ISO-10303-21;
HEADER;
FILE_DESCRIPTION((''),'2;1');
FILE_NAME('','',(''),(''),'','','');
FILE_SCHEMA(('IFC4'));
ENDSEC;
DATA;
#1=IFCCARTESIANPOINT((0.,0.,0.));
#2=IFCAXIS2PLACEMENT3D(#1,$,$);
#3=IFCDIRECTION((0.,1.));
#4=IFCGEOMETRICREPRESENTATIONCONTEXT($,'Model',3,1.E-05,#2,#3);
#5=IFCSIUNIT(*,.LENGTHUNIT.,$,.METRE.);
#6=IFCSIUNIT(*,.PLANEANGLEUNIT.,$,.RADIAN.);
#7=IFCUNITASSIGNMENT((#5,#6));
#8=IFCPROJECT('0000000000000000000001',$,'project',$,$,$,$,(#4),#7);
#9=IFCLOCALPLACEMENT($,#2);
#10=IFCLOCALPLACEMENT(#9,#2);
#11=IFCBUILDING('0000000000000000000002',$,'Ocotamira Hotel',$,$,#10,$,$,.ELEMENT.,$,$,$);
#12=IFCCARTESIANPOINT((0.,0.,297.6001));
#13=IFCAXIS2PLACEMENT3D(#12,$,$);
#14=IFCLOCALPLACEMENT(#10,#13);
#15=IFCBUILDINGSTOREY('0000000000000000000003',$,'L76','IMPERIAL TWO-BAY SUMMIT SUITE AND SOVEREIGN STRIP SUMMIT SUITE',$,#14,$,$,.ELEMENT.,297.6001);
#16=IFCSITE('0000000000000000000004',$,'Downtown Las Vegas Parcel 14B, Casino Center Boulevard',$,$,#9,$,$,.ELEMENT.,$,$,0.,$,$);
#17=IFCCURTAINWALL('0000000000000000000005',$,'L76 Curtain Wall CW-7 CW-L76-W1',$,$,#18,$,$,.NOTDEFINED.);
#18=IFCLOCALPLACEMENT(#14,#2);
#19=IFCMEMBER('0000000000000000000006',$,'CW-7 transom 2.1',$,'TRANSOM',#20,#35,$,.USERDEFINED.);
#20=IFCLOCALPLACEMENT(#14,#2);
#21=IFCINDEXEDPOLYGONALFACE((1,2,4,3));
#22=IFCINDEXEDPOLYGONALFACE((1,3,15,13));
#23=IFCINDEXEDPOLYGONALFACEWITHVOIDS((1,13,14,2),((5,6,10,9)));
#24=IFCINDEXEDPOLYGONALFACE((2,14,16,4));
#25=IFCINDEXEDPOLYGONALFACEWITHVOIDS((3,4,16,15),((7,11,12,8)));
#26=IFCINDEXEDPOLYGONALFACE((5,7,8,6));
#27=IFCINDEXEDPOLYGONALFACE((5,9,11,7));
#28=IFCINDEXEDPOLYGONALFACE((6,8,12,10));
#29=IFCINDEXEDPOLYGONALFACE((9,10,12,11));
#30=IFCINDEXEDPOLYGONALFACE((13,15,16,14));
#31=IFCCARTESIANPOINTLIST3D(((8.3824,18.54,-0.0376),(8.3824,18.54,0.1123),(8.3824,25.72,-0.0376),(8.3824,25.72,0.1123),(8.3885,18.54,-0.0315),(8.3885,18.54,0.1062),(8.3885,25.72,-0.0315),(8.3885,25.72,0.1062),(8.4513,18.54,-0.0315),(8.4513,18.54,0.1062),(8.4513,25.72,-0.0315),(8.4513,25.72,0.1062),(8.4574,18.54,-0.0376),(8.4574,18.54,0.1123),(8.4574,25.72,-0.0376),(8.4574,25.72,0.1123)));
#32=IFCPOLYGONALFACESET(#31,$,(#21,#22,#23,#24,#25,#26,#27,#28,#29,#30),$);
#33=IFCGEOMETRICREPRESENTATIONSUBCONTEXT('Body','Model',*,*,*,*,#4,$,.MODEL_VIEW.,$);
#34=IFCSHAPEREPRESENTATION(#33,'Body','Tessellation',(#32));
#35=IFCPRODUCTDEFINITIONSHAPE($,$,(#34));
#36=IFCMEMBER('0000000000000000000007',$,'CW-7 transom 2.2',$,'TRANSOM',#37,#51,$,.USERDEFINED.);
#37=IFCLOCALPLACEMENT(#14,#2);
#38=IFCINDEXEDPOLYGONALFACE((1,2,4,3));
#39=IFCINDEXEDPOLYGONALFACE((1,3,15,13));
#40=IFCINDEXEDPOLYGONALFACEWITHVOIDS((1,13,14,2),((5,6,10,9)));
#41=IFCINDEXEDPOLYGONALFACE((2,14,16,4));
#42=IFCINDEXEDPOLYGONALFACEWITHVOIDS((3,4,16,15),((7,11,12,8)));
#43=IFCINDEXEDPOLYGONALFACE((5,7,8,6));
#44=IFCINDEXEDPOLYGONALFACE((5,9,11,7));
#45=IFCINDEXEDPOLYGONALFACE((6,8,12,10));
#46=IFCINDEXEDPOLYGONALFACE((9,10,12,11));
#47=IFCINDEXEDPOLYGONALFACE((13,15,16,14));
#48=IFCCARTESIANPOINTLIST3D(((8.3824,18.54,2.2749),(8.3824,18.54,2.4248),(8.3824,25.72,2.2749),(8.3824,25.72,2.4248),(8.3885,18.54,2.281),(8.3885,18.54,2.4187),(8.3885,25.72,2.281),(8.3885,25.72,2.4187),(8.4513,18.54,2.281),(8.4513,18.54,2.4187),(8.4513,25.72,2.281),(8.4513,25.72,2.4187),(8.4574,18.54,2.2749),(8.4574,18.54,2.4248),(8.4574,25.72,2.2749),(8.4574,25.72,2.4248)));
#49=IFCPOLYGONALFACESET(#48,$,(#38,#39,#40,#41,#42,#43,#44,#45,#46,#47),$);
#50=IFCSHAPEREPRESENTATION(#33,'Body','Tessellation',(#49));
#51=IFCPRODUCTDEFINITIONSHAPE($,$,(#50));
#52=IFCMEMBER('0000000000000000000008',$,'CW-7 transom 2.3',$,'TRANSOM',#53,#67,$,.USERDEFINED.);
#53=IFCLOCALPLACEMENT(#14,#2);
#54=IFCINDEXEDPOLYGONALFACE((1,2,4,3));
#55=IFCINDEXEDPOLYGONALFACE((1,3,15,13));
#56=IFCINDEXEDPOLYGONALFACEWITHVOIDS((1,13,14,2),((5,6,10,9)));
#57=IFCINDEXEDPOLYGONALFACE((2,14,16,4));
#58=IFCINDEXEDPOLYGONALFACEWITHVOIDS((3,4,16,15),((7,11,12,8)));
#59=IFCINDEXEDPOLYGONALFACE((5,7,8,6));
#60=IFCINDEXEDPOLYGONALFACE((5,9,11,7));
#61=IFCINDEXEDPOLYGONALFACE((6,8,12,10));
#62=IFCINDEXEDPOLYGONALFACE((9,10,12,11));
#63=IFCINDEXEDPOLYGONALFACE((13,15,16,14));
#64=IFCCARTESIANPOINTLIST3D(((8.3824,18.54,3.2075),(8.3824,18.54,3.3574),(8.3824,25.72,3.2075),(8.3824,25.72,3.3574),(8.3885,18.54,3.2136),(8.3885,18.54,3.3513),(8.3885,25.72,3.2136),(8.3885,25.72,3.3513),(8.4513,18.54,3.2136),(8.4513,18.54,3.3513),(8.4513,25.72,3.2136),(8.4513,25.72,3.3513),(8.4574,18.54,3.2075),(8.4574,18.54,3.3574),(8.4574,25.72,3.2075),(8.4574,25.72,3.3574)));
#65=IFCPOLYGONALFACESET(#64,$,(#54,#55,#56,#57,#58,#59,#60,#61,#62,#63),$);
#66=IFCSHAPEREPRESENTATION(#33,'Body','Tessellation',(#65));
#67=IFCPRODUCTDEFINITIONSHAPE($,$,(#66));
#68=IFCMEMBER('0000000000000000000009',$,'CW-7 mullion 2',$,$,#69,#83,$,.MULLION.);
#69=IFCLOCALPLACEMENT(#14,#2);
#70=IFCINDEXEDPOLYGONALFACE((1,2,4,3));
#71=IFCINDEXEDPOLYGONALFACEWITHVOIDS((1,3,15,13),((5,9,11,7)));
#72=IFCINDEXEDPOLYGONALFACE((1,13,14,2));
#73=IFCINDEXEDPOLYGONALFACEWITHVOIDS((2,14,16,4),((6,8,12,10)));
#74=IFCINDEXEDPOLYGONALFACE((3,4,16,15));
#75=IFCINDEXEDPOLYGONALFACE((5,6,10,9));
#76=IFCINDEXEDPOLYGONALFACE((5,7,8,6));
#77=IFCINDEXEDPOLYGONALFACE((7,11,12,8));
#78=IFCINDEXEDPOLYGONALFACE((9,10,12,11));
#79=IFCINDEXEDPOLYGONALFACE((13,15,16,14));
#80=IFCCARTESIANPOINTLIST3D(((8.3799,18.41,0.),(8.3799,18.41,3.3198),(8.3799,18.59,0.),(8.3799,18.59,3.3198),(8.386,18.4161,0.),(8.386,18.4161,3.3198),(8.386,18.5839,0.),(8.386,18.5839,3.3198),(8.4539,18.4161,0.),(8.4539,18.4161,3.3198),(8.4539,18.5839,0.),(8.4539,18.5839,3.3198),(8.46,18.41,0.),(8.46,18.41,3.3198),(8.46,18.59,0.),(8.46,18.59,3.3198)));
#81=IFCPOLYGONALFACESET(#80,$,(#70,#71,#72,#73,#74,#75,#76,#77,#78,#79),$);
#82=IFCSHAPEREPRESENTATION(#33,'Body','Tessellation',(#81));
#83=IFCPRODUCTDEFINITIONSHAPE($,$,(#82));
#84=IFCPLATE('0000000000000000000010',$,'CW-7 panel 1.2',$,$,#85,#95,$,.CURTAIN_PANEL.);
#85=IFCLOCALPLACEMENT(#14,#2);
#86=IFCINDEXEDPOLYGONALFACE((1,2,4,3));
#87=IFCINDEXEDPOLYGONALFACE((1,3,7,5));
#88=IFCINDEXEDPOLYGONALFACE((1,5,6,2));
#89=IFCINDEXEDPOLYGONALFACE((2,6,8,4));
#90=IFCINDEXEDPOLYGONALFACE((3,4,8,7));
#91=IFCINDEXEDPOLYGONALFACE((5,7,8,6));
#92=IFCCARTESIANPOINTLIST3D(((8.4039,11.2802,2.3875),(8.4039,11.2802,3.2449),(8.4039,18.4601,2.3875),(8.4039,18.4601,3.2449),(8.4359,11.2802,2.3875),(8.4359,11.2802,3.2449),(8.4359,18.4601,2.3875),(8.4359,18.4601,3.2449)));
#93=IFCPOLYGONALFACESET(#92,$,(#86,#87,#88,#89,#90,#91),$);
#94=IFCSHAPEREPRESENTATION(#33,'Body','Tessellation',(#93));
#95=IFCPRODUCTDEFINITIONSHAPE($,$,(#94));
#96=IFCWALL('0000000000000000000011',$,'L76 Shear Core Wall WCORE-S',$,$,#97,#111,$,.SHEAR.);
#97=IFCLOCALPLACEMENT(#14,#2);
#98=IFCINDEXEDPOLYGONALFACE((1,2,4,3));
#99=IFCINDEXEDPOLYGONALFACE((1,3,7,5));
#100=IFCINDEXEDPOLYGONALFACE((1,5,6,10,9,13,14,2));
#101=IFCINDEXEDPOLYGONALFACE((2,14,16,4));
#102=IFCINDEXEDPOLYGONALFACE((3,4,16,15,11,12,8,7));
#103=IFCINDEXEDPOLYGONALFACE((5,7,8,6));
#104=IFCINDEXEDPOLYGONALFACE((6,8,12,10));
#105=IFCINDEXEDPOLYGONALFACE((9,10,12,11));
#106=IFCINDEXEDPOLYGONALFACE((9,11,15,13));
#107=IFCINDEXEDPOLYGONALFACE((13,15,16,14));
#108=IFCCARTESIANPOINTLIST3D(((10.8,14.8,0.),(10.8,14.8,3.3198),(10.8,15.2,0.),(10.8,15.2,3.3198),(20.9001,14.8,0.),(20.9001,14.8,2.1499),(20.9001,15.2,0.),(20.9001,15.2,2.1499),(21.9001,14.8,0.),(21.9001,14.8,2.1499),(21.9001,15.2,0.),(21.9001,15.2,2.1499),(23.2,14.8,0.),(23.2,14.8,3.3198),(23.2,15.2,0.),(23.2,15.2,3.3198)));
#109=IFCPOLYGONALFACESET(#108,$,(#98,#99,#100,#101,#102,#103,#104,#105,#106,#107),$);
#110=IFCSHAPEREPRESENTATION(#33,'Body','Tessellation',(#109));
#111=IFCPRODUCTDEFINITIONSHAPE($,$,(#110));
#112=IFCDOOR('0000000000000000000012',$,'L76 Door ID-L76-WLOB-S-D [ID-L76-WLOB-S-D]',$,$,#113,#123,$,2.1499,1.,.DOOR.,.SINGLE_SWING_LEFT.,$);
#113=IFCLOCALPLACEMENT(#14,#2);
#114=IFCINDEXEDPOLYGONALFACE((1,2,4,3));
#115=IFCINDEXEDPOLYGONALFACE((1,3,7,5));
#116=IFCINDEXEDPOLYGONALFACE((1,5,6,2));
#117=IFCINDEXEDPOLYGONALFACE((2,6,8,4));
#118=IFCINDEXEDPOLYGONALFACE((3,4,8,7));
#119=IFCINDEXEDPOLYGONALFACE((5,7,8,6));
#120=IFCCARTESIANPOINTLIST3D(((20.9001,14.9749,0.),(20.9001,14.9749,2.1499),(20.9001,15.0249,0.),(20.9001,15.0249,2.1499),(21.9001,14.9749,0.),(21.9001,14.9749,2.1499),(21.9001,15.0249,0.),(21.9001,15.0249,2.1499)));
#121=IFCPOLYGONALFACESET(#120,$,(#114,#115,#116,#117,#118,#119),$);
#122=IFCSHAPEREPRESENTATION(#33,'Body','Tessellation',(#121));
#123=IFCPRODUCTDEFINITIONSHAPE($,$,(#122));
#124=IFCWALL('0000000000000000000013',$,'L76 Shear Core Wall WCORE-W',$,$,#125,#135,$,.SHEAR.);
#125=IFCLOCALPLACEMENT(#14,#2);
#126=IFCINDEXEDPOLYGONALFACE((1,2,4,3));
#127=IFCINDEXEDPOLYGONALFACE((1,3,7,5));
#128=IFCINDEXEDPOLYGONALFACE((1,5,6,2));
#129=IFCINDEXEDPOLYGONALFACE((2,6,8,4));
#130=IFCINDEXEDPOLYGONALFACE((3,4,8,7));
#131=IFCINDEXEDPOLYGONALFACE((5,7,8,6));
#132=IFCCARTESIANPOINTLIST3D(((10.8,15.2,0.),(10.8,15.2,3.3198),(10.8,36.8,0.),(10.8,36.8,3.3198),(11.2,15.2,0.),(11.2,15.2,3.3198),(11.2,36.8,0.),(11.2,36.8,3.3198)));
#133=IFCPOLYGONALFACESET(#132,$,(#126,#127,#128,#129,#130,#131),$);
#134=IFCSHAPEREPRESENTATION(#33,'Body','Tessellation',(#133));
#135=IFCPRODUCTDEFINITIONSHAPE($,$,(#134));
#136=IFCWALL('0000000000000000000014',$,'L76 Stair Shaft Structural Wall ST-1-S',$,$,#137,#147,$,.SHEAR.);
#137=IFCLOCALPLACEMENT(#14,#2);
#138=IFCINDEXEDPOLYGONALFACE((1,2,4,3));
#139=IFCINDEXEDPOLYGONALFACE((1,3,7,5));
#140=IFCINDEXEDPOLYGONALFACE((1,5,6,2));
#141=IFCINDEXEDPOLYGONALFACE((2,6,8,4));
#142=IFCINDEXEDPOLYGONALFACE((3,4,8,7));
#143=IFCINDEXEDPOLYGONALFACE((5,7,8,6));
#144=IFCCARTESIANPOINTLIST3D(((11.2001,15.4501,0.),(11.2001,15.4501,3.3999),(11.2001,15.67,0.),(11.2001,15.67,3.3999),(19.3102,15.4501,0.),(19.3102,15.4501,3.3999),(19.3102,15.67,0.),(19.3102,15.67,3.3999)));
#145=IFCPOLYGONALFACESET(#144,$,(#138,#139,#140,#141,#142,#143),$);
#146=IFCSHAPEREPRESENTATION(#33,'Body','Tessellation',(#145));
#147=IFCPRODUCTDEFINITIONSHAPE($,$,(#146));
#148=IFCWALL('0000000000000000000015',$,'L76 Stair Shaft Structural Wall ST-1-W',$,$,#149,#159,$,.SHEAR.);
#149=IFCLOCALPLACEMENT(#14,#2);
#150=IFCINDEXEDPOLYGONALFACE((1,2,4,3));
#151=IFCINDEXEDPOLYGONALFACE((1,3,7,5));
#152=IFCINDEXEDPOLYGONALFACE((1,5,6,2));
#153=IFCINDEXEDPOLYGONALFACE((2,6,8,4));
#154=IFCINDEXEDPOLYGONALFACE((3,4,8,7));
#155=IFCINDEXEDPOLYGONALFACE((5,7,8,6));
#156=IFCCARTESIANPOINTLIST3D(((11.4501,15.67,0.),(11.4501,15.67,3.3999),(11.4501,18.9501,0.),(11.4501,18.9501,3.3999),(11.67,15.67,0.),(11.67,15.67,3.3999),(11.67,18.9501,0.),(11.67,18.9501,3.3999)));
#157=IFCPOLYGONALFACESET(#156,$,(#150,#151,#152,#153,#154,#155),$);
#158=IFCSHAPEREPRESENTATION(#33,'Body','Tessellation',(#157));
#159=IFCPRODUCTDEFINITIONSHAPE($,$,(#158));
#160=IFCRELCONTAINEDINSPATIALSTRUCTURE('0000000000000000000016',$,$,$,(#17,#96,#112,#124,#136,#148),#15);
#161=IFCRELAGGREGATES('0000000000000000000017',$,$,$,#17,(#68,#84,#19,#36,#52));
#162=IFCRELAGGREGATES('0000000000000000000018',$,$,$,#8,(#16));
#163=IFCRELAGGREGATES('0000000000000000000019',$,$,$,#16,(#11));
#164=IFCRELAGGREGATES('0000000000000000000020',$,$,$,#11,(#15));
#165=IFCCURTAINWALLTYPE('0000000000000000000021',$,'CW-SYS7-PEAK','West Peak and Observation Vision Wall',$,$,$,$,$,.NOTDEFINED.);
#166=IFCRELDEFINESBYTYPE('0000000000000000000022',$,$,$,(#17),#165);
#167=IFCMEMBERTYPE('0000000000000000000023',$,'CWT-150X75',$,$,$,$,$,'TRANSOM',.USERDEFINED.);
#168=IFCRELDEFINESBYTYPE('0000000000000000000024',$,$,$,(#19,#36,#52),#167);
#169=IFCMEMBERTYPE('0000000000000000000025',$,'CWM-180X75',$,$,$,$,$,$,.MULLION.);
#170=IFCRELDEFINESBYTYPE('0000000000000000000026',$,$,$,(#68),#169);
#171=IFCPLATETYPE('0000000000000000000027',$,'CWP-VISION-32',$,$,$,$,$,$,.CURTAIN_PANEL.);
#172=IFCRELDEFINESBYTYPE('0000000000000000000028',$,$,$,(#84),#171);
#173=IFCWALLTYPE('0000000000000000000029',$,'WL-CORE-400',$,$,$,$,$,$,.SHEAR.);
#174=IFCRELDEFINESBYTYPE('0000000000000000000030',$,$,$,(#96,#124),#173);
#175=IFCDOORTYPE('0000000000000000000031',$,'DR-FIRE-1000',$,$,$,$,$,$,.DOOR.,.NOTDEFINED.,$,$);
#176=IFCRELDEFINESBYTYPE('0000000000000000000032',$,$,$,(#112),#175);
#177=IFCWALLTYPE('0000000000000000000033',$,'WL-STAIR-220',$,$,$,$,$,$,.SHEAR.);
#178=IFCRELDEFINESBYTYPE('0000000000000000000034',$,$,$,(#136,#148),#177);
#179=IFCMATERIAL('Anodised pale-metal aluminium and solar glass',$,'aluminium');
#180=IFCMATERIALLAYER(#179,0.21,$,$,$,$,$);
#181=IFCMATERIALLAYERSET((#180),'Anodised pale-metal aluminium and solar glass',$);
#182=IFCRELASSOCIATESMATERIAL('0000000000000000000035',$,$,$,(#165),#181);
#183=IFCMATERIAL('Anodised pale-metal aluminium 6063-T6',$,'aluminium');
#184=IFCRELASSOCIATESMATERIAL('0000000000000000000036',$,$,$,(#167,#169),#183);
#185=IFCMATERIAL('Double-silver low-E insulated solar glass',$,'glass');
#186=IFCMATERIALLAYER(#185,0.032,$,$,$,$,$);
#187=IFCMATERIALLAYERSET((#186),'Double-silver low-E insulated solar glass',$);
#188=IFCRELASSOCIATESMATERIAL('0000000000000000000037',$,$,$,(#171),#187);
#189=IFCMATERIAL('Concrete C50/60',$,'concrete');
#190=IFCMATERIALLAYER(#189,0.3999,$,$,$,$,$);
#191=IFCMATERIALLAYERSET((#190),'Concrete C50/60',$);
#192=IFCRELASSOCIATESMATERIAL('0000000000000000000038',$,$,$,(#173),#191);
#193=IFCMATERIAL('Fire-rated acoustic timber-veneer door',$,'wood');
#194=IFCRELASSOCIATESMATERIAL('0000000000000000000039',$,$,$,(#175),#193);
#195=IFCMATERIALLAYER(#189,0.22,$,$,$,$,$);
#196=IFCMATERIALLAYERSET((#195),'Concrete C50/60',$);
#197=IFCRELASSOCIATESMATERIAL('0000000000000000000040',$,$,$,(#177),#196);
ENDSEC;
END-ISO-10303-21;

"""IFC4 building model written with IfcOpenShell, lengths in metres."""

from ifc_helpers import new_model, si_unit, direction, frame, frame_2d, origin, origin_2d, place, context, subcontext, project, spatial, rectangle, hollow_rectangle, extrude, source, transform, mapped, material, layer, layer_set, material_profile, profile_set, type_object, element, fill, aggregate, save


model = new_model("IFC4")

# Units and contexts
model_context = context("Model", 3, precision=1e-05, world=origin(), true_north=direction((0.0, 1.0)))
body_context = subcontext(model_context, "Body", "Model", "MODEL_VIEW")
ifc_project = project(units=[si_unit("LENGTHUNIT", "METRE"), si_unit("PLANEANGLEUNIT", "RADIAN")], contexts=[model_context])

# Site, building, storey
site_placement = place(None, origin())
site = spatial("IfcSite", under=ifc_project, at=site_placement, Name="Downtown Las Vegas Parcel 14B, Casino Center Boulevard", CompositionType="ELEMENT", RefElevation=0.0)
building_placement = place(site_placement, origin())
building = spatial("IfcBuilding", under=site, at=building_placement, Name="Ocotamira Hotel", CompositionType="ELEMENT")
storey_placement = place(building_placement, frame((0.0, 0.0, 297.6001)))
storey = spatial("IfcBuildingStorey", under=building, at=storey_placement, Name="L76", Description="IMPERIAL TWO-BAY SUMMIT SUITE AND SOVEREIGN STRIP SUMMIT SUITE", CompositionType="ELEMENT", Elevation=297.6001)

# Curtain wall, members, plate
ifc_material_1 = material(Name="Anodised pale-metal aluminium and solar glass", Category="aluminium")
ifc_layer_1 = layer(ifc_material_1, 0.21)
ifc_layer_set_1 = layer_set([ifc_layer_1], Name="Anodised pale-metal aluminium and solar glass")
curtain_wall_type = type_object("IfcCurtainWallType", Name="CW-SYS7-PEAK", Description="West Peak and Observation Vision Wall", PredefinedType="NOTDEFINED", material=ifc_layer_set_1)
curtain_wall_placement = place(storey_placement, origin())
curtain_wall = element("IfcCurtainWall", 1, at=curtain_wall_placement, inside=storey, type_object=curtain_wall_type, Name="L76 Curtain Wall CW-7 CW-L76-W1", PredefinedType="NOTDEFINED")
ifc_material_2 = material(Name="Anodised pale-metal aluminium 6063-T6", Category="aluminium")
ifc_material_profile_1 = material_profile(ifc_material_2, hollow_rectangle(XDim=0.075, YDim=0.1499, WallThickness=0.0061, at=origin_2d()), Name="HSS150X75X6")
ifc_profile_set_1 = profile_set([ifc_material_profile_1], Name="Anodised pale-metal aluminium 6063-T6")
member_type_1 = type_object("IfcMemberType", Name="CWT-150X75", ElementType="TRANSOM", PredefinedType="USERDEFINED", material=ifc_profile_set_1)
shared_shape_1 = source(origin(), body_context, "Body", "SweptSolid", [
    extrude(hollow_rectangle(XDim=0.075, YDim=0.1499, WallThickness=0.0061, at=origin_2d()), origin(), (0.0, 0.0, 1.0), 7.1799),
])
member_1_placement = place(storey_placement, frame((8.4199, 18.54, 0.0374), z_axis=(0.0, 1.0, 0.0), x_axis=(-1.0, 0.0, 0.0)))
member_1 = element("IfcMember", 2, at=member_1_placement, type_object=member_type_1, Name="CW-7 transom 2.1", ObjectType="TRANSOM", PredefinedType="USERDEFINED", context=body_context, shape_type="MappedRepresentation", body=[
    mapped(shared_shape_1, transform((0.0, 0.0, 0.0), scale=1.0)),
])
member_2_placement = place(storey_placement, frame((8.4199, 18.54, 2.3499), z_axis=(0.0, 1.0, 0.0), x_axis=(-1.0, 0.0, 0.0)))
member_2 = element("IfcMember", 3, at=member_2_placement, type_object=member_type_1, Name="CW-7 transom 2.2", ObjectType="TRANSOM", PredefinedType="USERDEFINED", context=body_context, shape_type="MappedRepresentation", body=[
    mapped(shared_shape_1, transform((0.0, 0.0, 0.0), scale=1.0)),
])
member_3_placement = place(storey_placement, frame((8.4199, 18.54, 3.2825), z_axis=(0.0, 1.0, 0.0), x_axis=(-1.0, 0.0, 0.0)))
member_3 = element("IfcMember", 4, at=member_3_placement, type_object=member_type_1, Name="CW-7 transom 2.3", ObjectType="TRANSOM", PredefinedType="USERDEFINED", context=body_context, shape_type="MappedRepresentation", body=[
    mapped(shared_shape_1, transform((0.0, 0.0, 0.0), scale=1.0)),
])
ifc_material_profile_2 = material_profile(ifc_material_2, hollow_rectangle(XDim=0.0801, YDim=0.1799, WallThickness=0.0061, at=origin_2d()), Name="HSS180X80X6")
ifc_profile_set_2 = profile_set([ifc_material_profile_2], Name="Anodised pale-metal aluminium 6063-T6")
member_type_2 = type_object("IfcMemberType", Name="CWM-180X75", PredefinedType="MULLION", material=ifc_profile_set_2)
shared_shape_2 = source(origin(), body_context, "Body", "SweptSolid", [
    extrude(hollow_rectangle(XDim=0.0801, YDim=0.1799, WallThickness=0.0061, at=origin_2d()), origin(), (0.0, 0.0, 1.0), 3.3198),
])
member_4_placement = place(storey_placement, frame((8.4199, 18.5, 0.0), z_axis=(0.0, 0.0, 1.0), x_axis=(-1.0, 0.0, 0.0)))
member_4 = element("IfcMember", 5, at=member_4_placement, type_object=member_type_2, Name="CW-7 mullion 2", PredefinedType="MULLION", context=body_context, shape_type="MappedRepresentation", body=[
    mapped(shared_shape_2, transform((0.0, 0.0, 0.0), scale=1.0)),
])
ifc_material_3 = material(Name="Double-silver low-E insulated solar glass", Category="glass")
ifc_layer_2 = layer(ifc_material_3, 0.032)
ifc_layer_set_2 = layer_set([ifc_layer_2], Name="Double-silver low-E insulated solar glass")
plate_type = type_object("IfcPlateType", Name="CWP-VISION-32", PredefinedType="CURTAIN_PANEL", material=ifc_layer_set_2)
shared_shape_3 = source(origin(), body_context, "Body", "SweptSolid", [
    extrude(rectangle(XDim=7.1799, YDim=0.032, at=origin_2d()), origin(), (0.0, 0.0, 1.0), 0.8574),
])
plate_placement = place(storey_placement, frame((8.4199, 14.8701, 2.3875), z_axis=(0.0, 0.0, 1.0), x_axis=(0.0, 1.0, 0.0)))
plate = element("IfcPlate", 6, at=plate_placement, type_object=plate_type, Name="CW-7 panel 1.2", PredefinedType="CURTAIN_PANEL", context=body_context, shape_type="MappedRepresentation", body=[
    mapped(shared_shape_3, transform((0.0, 0.0, 0.0), scale=1.0)),
])
aggregate(curtain_wall, [member_4, plate, member_1, member_2, member_3])

# Wall, opening, door
ifc_material_4 = material(Name="Concrete C50/60", Category="concrete")
ifc_layer_3 = layer(ifc_material_4, 0.3999)
ifc_layer_set_3 = layer_set([ifc_layer_3], Name="Concrete C50/60")
wall_type_1 = type_object("IfcWallType", Name="WL-CORE-400", PredefinedType="SHEAR", material=ifc_layer_set_3)
wall_1_placement = place(storey_placement, frame((10.8, 15.0, 0.0), z_axis=(0.0, 0.0, 1.0), x_axis=(1.0, 0.0, 0.0)))
wall_1 = element("IfcWall", 7, at=wall_1_placement, inside=storey, type_object=wall_type_1, Name="L76 Shear Core Wall WCORE-S", PredefinedType="SHEAR", context=body_context, shape_type="SweptSolid", body=[
    extrude(rectangle(XDim=12.3999, YDim=0.3999, at=frame_2d((6.2, 0.0))), origin(), (0.0, 0.0, 1.0), 3.3198),
])
opening_1_placement = place(wall_1_placement, frame((10.1001, 0.0, 0.0)))
opening_1 = element("IfcOpeningElement", 8, at=opening_1_placement, cuts=wall_1, PredefinedType="OPENING", context=body_context, shape_type="SweptSolid", body=[
    extrude(rectangle(XDim=1.0, YDim=2.1499, at=frame_2d((0.5, 1.075))), frame((0.0, 0.21, 0.0), z_axis=(0.0, -1.0, 0.0), x_axis=(1.0, 0.0, 0.0)), (0.0, 0.0, 1.0), 0.4199),
])
ifc_material_5 = material(Name="Fire-rated acoustic timber-veneer door", Category="wood")
door_type_1 = type_object("IfcDoorType", Name="DR-FIRE-1000", OperationType="NOTDEFINED", PredefinedType="DOOR", material=ifc_material_5)
shared_shape_4 = source(origin(), body_context, "Body", "SweptSolid", [
    extrude(rectangle(XDim=1.0, YDim=2.1499, at=frame_2d((0.5, 1.075))), frame((0.0, 0.0249, 0.0), z_axis=(0.0, -1.0, 0.0), x_axis=(1.0, 0.0, 0.0)), (0.0, 0.0, 1.0), 0.05),
])
door_1_placement = place(opening_1_placement, origin())
door_1 = element("IfcDoor", 9, at=door_1_placement, inside=storey, type_object=door_type_1, Name="L76 Door ID-L76-WLOB-S-D [ID-L76-WLOB-S-D]", OperationType="SINGLE_SWING_LEFT", OverallHeight=2.1499, OverallWidth=1.0, PredefinedType="DOOR", context=body_context, shape_type="MappedRepresentation", body=[
    mapped(shared_shape_4, transform((0.0, 0.0, 0.0), scale=1.0)),
])
fill(opening_1, door_1)

# Wall
wall_2_placement = place(storey_placement, frame((11.0, 15.2, 0.0), z_axis=(0.0, 0.0, 1.0), x_axis=(0.0, 1.0, 0.0)))
element("IfcWall", 10, at=wall_2_placement, inside=storey, type_object=wall_type_1, Name="L76 Shear Core Wall WCORE-W", PredefinedType="SHEAR", context=body_context, shape_type="SweptSolid", body=[
    extrude(rectangle(XDim=21.6001, YDim=0.3999, at=frame_2d((10.8, 0.0))), origin(), (0.0, 0.0, 1.0), 3.3198),
])

# Walls
ifc_layer_4 = layer(ifc_material_4, 0.22)
ifc_layer_set_4 = layer_set([ifc_layer_4], Name="Concrete C50/60")
wall_type_2 = type_object("IfcWallType", Name="WL-STAIR-220", PredefinedType="SHEAR", material=ifc_layer_set_4)
wall_3_placement = place(storey_placement, frame((11.2, 15.5601, 0.0), z_axis=(0.0, 0.0, 1.0), x_axis=(1.0, 0.0, 0.0)))
element("IfcWall", 11, at=wall_3_placement, inside=storey, type_object=wall_type_2, Name="L76 Stair Shaft Structural Wall ST-1-S", PredefinedType="SHEAR", context=body_context, shape_type="SweptSolid", body=[
    extrude(rectangle(XDim=8.1101, YDim=0.22, at=frame_2d((4.0552, 0.0))), origin(), (0.0, 0.0, 1.0), 3.3999),
])
wall_4_placement = place(storey_placement, frame((11.5601, 15.6699, 0.0), z_axis=(0.0, 0.0, 1.0), x_axis=(0.0, 1.0, 0.0)))
element("IfcWall", 12, at=wall_4_placement, inside=storey, type_object=wall_type_2, Name="L76 Stair Shaft Structural Wall ST-1-W", PredefinedType="SHEAR", context=body_context, shape_type="SweptSolid", body=[
    extrude(rectangle(XDim=3.28, YDim=0.22, at=frame_2d((1.6401, 0.0))), origin(), (0.0, 0.0, 1.0), 3.3999),
])

save(model, "model.ifc")
